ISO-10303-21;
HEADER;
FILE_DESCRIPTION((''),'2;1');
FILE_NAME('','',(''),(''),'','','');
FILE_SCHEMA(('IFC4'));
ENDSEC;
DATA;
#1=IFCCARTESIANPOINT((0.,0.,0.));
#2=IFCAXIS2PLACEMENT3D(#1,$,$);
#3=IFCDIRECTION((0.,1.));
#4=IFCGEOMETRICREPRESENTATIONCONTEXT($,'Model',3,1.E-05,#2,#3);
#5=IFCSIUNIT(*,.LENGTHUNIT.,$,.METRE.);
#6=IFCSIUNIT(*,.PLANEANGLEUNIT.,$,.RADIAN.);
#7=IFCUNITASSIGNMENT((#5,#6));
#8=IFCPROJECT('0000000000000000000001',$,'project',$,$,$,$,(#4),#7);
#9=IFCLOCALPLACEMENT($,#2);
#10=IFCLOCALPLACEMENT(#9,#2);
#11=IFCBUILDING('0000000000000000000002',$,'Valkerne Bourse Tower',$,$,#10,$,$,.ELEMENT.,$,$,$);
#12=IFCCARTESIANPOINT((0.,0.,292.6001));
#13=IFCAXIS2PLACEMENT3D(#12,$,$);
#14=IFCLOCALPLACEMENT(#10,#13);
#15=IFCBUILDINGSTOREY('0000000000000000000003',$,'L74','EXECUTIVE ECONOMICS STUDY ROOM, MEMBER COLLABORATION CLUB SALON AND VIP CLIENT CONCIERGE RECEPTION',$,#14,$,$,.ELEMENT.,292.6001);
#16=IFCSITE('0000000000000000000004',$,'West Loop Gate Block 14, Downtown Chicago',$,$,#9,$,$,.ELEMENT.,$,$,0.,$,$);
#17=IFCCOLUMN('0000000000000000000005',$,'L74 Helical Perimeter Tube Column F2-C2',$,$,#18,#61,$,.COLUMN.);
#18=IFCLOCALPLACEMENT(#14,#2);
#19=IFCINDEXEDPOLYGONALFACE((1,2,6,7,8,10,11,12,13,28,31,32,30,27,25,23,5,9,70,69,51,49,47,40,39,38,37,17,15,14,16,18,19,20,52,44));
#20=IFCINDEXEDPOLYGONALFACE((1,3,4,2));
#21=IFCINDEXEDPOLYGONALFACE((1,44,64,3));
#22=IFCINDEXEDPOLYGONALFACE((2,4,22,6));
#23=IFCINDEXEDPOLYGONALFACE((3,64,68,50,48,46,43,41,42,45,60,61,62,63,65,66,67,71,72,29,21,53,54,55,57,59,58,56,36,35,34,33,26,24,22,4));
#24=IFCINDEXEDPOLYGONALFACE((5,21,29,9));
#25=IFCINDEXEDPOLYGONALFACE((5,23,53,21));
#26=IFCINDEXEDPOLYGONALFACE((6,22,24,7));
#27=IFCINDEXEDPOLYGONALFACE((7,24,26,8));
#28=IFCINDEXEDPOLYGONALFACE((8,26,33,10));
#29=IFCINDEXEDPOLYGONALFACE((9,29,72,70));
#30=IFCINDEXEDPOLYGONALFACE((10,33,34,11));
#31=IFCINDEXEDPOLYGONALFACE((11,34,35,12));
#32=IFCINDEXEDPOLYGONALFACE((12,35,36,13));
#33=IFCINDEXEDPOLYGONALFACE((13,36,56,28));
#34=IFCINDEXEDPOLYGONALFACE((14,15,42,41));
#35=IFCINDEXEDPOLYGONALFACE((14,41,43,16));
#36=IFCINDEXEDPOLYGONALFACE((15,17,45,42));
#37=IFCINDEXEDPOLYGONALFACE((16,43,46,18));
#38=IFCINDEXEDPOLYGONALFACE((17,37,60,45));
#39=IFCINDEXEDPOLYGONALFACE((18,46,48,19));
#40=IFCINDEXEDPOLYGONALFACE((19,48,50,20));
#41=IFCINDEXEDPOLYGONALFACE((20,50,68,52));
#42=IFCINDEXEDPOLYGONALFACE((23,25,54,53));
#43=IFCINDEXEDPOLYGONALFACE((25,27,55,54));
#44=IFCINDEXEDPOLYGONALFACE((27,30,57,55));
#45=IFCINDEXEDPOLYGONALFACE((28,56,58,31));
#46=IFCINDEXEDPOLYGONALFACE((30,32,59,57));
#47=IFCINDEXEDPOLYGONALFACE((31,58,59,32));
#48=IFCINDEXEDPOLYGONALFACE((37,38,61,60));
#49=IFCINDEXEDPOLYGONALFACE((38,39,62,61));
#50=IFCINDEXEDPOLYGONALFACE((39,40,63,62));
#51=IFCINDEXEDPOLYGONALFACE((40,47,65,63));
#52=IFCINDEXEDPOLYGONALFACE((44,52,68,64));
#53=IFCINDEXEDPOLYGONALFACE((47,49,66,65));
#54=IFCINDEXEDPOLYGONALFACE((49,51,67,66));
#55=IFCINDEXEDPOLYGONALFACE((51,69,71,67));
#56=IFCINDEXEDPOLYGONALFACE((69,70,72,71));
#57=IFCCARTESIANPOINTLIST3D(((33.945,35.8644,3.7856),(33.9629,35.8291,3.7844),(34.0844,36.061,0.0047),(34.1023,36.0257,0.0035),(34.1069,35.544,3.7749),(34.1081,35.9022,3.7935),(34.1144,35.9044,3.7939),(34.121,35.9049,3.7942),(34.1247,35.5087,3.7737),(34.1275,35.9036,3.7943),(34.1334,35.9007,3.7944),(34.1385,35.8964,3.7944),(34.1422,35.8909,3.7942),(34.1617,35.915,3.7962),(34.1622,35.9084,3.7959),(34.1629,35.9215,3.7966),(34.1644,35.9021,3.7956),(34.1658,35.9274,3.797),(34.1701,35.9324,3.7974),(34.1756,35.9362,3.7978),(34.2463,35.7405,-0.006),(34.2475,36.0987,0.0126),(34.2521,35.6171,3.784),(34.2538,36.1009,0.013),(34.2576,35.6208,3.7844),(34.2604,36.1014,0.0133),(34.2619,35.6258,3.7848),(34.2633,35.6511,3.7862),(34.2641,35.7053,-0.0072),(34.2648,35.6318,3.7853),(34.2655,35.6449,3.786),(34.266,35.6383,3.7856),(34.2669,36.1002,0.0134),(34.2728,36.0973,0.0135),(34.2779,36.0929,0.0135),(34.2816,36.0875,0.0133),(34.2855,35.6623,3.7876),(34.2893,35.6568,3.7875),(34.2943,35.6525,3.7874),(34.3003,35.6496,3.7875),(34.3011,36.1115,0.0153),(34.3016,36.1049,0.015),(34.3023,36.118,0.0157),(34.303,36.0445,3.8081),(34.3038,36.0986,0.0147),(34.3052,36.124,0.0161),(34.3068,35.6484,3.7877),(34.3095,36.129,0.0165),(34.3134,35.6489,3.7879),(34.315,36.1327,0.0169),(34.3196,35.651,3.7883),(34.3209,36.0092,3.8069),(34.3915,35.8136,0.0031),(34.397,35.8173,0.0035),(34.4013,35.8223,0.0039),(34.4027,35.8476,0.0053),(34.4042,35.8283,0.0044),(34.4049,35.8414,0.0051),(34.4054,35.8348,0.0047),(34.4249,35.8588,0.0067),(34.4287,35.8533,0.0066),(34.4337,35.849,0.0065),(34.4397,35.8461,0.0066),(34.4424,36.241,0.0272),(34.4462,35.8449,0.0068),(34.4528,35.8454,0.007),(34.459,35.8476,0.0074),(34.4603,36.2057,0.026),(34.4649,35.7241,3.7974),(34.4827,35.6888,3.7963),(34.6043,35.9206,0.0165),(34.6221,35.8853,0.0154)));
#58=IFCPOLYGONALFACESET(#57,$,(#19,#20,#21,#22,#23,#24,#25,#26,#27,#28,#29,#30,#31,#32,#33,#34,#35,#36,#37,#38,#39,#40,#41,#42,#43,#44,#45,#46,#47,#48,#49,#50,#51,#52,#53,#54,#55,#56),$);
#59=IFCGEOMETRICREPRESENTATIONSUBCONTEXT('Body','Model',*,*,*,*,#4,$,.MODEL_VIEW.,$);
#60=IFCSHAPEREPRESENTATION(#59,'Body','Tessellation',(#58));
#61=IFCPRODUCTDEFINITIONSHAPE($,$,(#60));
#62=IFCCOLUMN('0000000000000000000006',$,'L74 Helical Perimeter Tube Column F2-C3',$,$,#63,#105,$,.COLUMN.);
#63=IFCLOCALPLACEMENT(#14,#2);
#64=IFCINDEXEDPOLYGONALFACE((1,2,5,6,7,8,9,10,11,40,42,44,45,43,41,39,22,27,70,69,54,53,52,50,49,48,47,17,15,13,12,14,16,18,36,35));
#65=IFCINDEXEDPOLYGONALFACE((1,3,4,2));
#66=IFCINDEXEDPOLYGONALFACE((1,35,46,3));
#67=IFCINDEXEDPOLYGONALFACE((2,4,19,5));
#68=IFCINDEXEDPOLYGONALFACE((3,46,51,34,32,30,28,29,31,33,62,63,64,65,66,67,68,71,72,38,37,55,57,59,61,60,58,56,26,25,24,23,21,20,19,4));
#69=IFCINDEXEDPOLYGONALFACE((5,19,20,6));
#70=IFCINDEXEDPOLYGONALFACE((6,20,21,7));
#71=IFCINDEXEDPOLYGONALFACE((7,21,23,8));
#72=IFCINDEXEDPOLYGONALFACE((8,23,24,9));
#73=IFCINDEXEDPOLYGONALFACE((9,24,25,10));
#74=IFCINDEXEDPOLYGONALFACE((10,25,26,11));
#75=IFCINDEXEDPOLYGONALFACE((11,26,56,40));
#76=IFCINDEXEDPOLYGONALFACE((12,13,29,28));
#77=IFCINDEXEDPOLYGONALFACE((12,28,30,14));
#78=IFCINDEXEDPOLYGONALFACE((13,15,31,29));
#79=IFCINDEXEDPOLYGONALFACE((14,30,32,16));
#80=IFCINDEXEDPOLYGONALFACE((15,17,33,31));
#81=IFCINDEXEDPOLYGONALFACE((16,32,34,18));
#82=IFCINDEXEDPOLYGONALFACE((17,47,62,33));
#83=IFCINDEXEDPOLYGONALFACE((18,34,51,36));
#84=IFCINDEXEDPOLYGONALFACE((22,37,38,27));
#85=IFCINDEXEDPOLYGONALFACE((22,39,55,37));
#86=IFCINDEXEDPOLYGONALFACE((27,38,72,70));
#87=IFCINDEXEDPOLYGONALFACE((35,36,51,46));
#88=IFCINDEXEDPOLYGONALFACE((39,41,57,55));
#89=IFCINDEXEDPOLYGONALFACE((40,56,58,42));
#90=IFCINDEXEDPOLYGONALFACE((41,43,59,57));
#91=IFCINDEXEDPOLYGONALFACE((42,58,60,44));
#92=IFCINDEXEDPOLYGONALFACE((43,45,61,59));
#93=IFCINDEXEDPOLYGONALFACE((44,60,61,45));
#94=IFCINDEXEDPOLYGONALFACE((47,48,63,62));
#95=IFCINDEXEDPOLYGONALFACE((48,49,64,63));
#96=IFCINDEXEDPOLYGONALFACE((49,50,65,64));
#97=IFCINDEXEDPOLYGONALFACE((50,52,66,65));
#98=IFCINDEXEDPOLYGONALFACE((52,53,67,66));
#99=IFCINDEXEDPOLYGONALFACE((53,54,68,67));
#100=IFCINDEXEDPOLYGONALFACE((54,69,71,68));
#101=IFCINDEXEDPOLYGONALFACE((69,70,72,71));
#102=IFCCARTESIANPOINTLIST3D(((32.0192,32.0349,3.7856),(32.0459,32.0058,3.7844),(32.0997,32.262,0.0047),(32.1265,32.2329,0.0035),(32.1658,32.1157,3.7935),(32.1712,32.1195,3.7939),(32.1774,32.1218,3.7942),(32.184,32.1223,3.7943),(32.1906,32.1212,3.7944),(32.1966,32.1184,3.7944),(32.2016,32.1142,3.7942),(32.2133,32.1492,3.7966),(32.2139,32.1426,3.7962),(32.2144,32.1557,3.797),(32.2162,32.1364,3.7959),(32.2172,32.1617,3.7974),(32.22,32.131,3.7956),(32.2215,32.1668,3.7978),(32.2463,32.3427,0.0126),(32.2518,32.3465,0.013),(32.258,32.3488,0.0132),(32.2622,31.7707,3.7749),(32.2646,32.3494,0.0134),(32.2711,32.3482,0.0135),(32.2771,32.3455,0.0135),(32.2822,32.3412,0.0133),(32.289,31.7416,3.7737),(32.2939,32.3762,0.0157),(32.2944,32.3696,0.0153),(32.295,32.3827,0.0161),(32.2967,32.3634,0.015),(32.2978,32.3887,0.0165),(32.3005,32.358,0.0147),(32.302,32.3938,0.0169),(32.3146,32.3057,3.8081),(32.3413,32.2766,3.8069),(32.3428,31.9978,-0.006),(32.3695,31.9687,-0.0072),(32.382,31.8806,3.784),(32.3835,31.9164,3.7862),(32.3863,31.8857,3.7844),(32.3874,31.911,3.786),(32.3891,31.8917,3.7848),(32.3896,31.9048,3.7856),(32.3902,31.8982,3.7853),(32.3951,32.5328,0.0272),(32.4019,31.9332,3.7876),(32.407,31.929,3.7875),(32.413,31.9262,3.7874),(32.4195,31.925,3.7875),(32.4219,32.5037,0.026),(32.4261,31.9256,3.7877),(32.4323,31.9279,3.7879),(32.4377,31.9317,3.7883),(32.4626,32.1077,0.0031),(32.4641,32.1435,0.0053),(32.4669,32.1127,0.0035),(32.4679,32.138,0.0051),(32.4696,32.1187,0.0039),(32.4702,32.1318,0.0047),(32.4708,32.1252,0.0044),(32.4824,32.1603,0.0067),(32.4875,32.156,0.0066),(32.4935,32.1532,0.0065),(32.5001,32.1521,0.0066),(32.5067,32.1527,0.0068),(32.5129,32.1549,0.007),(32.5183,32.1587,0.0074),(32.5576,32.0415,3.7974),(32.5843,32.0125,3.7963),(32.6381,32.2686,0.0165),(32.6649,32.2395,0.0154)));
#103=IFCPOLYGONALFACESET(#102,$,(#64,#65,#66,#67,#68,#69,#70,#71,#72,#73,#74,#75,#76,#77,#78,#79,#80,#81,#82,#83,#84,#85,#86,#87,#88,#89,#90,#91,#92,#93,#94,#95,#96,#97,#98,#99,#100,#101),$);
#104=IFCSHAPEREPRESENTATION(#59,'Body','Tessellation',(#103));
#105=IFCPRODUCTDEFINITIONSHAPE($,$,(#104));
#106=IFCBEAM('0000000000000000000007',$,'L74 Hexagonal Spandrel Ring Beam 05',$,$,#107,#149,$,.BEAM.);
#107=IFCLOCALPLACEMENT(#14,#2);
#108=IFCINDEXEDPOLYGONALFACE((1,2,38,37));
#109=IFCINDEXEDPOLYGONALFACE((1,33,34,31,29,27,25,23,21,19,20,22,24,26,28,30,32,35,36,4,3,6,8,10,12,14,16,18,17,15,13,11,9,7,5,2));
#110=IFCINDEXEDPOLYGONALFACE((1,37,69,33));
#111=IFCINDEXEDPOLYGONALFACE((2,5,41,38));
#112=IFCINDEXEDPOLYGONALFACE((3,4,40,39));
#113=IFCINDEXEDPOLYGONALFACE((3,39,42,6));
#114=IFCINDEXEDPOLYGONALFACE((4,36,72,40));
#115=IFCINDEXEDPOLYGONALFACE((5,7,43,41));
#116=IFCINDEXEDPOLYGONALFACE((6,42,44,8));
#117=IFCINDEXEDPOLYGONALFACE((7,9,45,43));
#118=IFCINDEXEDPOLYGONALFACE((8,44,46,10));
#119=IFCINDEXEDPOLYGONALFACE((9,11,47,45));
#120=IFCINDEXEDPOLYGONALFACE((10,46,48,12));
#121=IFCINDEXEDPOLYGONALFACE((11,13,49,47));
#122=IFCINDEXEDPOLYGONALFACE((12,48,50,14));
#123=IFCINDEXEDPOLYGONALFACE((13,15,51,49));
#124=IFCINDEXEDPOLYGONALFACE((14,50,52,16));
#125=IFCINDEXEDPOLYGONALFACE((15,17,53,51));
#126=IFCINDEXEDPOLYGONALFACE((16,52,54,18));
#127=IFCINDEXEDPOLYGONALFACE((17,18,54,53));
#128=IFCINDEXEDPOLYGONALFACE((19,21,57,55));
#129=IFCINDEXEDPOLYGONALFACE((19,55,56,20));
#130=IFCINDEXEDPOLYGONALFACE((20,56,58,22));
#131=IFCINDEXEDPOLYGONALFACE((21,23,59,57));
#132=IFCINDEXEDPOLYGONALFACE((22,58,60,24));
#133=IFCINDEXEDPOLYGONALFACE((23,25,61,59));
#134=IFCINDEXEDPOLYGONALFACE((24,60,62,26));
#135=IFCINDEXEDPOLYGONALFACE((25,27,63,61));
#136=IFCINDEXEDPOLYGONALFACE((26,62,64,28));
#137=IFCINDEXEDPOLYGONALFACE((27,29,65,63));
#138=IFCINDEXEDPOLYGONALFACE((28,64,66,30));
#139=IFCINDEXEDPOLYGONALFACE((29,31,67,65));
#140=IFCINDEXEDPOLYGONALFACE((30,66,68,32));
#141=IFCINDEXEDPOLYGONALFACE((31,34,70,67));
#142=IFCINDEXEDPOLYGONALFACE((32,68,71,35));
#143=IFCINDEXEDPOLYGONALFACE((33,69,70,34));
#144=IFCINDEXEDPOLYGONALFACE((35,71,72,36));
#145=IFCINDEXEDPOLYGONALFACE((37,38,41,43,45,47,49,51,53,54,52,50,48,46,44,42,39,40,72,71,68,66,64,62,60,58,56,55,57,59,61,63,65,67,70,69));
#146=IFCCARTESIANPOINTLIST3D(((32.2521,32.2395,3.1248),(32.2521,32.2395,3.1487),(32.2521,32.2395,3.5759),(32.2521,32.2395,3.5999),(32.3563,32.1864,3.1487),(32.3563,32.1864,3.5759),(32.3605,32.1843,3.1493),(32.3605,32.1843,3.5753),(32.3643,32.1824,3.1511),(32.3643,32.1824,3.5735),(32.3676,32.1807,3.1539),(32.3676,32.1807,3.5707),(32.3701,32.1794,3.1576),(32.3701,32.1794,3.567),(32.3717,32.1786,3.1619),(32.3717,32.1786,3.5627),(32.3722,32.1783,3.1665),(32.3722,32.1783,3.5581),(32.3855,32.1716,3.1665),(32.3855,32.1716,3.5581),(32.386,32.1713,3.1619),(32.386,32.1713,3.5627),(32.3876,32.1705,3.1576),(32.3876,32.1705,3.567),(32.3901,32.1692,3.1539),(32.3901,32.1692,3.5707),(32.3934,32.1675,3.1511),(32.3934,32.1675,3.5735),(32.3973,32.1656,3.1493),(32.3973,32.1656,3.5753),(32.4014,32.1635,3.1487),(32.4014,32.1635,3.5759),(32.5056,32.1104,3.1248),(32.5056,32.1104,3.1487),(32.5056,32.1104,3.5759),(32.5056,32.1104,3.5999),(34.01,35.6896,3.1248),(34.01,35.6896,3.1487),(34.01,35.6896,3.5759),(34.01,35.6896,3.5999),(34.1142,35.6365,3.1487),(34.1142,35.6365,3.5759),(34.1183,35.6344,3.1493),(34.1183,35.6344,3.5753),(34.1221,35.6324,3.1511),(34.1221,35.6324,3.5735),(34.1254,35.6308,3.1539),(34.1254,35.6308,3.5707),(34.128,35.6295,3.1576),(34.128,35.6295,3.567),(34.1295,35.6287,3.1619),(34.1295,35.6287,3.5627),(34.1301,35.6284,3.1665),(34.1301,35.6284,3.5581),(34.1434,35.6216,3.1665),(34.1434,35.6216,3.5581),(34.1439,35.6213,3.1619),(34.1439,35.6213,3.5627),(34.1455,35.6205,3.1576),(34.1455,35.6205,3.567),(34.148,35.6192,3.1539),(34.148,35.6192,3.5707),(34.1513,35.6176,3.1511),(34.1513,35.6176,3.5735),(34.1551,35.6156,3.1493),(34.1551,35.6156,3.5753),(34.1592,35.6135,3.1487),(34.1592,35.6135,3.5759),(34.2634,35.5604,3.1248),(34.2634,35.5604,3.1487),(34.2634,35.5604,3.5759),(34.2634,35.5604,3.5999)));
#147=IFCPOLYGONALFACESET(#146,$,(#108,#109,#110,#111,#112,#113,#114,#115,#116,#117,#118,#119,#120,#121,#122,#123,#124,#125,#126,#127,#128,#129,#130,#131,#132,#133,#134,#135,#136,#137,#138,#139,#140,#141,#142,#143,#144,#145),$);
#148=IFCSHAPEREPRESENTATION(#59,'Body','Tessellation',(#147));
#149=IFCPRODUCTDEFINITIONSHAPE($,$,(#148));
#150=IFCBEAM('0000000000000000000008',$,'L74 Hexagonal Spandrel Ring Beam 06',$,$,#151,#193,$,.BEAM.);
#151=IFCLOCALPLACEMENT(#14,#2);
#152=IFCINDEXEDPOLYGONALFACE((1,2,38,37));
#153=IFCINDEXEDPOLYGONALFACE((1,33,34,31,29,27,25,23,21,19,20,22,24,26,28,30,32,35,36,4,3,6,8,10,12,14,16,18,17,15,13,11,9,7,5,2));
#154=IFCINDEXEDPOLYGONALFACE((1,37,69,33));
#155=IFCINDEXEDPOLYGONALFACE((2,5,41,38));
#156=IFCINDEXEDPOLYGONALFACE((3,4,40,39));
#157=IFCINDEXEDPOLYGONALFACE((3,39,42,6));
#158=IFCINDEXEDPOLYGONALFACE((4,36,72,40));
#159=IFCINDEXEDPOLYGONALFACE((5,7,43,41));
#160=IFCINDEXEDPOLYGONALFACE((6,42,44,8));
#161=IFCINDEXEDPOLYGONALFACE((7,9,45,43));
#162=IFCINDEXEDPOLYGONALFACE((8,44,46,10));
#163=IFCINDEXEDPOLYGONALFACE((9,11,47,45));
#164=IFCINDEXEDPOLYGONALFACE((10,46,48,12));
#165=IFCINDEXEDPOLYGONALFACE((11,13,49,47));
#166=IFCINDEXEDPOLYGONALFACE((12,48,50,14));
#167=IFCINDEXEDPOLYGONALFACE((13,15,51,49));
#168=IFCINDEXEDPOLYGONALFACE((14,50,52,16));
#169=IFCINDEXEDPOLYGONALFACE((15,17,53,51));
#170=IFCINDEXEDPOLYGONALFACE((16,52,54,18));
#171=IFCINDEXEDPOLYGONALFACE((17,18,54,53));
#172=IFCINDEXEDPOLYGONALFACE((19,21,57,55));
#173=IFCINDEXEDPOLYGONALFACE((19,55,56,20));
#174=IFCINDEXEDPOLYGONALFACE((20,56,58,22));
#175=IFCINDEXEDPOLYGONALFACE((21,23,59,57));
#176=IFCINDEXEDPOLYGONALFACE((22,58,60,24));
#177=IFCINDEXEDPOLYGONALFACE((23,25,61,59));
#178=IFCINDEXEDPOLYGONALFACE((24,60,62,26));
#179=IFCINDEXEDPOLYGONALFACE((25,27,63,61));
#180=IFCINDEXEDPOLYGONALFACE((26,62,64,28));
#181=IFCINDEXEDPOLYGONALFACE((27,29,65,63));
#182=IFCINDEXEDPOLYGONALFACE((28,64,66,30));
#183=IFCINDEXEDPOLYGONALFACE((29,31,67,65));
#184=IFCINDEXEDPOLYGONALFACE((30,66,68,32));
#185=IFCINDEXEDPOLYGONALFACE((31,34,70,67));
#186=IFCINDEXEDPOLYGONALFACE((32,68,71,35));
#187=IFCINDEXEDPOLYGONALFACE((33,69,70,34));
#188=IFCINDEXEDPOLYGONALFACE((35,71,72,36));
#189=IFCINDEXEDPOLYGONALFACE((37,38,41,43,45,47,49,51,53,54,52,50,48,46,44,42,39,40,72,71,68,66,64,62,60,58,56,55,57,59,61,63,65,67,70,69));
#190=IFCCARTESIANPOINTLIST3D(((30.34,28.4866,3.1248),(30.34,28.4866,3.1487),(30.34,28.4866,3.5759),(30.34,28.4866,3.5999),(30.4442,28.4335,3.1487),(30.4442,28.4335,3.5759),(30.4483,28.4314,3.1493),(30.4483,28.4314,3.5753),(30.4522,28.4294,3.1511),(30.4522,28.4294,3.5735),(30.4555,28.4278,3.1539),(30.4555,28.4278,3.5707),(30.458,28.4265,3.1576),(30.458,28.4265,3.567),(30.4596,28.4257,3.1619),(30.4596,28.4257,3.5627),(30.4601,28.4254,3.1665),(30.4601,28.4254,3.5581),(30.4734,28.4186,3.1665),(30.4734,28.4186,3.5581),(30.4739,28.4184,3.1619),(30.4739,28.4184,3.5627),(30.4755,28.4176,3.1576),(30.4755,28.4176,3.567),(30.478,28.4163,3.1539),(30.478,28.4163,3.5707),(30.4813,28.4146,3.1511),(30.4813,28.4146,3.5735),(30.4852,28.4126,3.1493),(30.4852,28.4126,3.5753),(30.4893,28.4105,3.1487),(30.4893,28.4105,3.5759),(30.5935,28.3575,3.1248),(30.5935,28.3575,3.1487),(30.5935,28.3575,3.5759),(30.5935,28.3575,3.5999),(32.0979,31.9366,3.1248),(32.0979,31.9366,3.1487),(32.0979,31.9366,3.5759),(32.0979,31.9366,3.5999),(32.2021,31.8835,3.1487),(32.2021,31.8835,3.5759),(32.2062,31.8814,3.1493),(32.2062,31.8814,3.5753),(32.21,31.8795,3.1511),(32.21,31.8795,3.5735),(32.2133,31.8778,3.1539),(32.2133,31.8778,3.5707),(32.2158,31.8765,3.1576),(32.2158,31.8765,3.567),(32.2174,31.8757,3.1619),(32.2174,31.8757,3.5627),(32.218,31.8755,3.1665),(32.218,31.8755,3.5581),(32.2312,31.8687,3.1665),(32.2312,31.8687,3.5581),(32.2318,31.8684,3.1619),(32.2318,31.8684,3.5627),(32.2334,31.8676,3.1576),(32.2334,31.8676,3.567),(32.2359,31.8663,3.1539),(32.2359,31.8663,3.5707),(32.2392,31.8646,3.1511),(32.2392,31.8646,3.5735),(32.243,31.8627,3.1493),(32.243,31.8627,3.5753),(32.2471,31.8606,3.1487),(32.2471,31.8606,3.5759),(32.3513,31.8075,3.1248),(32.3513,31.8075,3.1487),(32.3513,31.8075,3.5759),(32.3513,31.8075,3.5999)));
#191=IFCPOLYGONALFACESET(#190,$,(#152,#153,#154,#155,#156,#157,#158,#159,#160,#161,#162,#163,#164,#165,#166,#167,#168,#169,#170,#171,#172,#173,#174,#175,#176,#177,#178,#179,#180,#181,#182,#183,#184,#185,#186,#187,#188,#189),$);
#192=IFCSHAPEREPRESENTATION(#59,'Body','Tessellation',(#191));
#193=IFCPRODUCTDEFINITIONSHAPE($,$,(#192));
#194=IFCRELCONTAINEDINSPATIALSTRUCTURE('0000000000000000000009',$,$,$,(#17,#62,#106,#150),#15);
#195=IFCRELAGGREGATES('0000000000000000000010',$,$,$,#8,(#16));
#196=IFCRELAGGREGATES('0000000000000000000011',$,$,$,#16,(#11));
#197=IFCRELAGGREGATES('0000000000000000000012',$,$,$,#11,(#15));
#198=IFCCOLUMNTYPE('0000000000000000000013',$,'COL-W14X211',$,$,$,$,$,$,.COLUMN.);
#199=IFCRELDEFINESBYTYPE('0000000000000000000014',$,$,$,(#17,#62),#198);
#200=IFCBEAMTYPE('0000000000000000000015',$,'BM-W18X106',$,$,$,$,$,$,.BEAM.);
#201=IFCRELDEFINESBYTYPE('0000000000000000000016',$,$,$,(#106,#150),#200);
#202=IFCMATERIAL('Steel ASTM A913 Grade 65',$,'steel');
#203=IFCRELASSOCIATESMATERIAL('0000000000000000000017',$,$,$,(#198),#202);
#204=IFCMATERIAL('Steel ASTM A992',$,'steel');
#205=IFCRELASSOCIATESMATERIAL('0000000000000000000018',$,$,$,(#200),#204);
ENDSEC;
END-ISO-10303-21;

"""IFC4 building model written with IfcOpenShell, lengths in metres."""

from ifc_helpers import new_model, si_unit, direction, frame, origin, origin_2d, place, context, subcontext, project, spatial, i_section, extrude, material, material_profile, profile_set, type_object, element, save


model = new_model("IFC4")

# Units and contexts
model_context = context("Model", 3, precision=1e-05, world=origin(), true_north=direction((0.0, 1.0)))
body_context = subcontext(model_context, "Body", "Model", "MODEL_VIEW")
ifc_project = project(units=[si_unit("LENGTHUNIT", "METRE"), si_unit("PLANEANGLEUNIT", "RADIAN")], contexts=[model_context])

# Site, building, storey
site_placement = place(None, origin())
site = spatial("IfcSite", under=ifc_project, at=site_placement, Name="West Loop Gate Block 14, Downtown Chicago", CompositionType="ELEMENT", RefElevation=0.0)
building_placement = place(site_placement, origin())
building = spatial("IfcBuilding", under=site, at=building_placement, Name="Valkerne Bourse Tower", CompositionType="ELEMENT")
storey_placement = place(building_placement, frame((0.0, 0.0, 292.6001)))
storey = spatial("IfcBuildingStorey", under=building, at=storey_placement, Name="L74", Description="EXECUTIVE ECONOMICS STUDY ROOM, MEMBER COLLABORATION CLUB SALON AND VIP CLIENT CONCIERGE RECEPTION", CompositionType="ELEMENT", Elevation=292.6001)

# Columns
ifc_material_1 = material(Name="Steel ASTM A913 Grade 65", Category="steel")
ifc_material_profile_1 = material_profile(ifc_material_1, i_section(OverallWidth=0.4014, OverallDepth=0.3987, WebThickness=0.0249, FlangeThickness=0.0396, FilletRadius=0.0254, at=origin_2d()), Name="W14X211")
ifc_profile_set_1 = profile_set([ifc_material_profile_1], Name="Steel ASTM A913 Grade 65")
column_type = type_object("IfcColumnType", Name="COL-W14X211", PredefinedType="COLUMN", material=ifc_profile_set_1)
for number, where, z_axis, x_axis, name in (
    (1, (34.3533, 35.9731, 0.01), (-0.036795, -0.051874, 0.997976), (-0.891934, -0.448659, -0.056206), "L74 Helical Perimeter Tube Column F2-C2"),
    (2, (32.3823, 32.2507, 0.01), (-0.021265, -0.059929, 0.997976), (-0.735932, -0.674719, -0.056199), "L74 Helical Perimeter Tube Column F2-C3"),
):
    element("IfcColumn", number, at=place(storey_placement, frame(where, z_axis=z_axis, x_axis=x_axis)), inside=storey, type_object=column_type, Name=name, PredefinedType="COLUMN", context=body_context, shape_type="SweptSolid", body=[
        extrude(i_section(OverallWidth=0.4014, OverallDepth=0.3987, WebThickness=0.0249, FlangeThickness=0.0396, FilletRadius=0.0254, at=origin_2d()), origin(), (0.0, 0.0, 1.0), 3.7886),
    ])

# Beams
ifc_material_2 = material(Name="Steel ASTM A992", Category="steel")
ifc_material_profile_2 = material_profile(ifc_material_2, i_section(OverallWidth=0.2844, OverallDepth=0.4751, WebThickness=0.0149, FlangeThickness=0.0239, FilletRadius=0.0178, at=origin_2d()), Name="W18X106")
ifc_profile_set_2 = profile_set([ifc_material_profile_2], Name="Steel ASTM A992")
beam_type_1 = type_object("IfcBeamType", Name="BM-W18X106", PredefinedType="BEAM", material=ifc_profile_set_2)
for number, where, z_axis, x_axis, name in (
    (3, (34.1367, 35.625, 3.3623), (-0.453985, -0.891009, 0.0), (0.891009, -0.453985, 0.0), "L74 Hexagonal Spandrel Ring Beam 05"),
    (4, (32.2246, 31.8721, 3.3623), (-0.453985, -0.891009, 0.0), (0.891009, -0.453985, 0.0), "L74 Hexagonal Spandrel Ring Beam 06"),
):
    element("IfcBeam", number, at=place(storey_placement, frame(where, z_axis=z_axis, x_axis=x_axis)), inside=storey, type_object=beam_type_1, Name=name, PredefinedType="BEAM", context=body_context, shape_type="SweptSolid", body=[
        extrude(i_section(OverallWidth=0.2844, OverallDepth=0.4751, WebThickness=0.0149, FlangeThickness=0.0239, FilletRadius=0.0178, at=origin_2d()), origin(), (0.0, 0.0, 1.0), 3.8721),
    ])

save(model, "model.ifc")
